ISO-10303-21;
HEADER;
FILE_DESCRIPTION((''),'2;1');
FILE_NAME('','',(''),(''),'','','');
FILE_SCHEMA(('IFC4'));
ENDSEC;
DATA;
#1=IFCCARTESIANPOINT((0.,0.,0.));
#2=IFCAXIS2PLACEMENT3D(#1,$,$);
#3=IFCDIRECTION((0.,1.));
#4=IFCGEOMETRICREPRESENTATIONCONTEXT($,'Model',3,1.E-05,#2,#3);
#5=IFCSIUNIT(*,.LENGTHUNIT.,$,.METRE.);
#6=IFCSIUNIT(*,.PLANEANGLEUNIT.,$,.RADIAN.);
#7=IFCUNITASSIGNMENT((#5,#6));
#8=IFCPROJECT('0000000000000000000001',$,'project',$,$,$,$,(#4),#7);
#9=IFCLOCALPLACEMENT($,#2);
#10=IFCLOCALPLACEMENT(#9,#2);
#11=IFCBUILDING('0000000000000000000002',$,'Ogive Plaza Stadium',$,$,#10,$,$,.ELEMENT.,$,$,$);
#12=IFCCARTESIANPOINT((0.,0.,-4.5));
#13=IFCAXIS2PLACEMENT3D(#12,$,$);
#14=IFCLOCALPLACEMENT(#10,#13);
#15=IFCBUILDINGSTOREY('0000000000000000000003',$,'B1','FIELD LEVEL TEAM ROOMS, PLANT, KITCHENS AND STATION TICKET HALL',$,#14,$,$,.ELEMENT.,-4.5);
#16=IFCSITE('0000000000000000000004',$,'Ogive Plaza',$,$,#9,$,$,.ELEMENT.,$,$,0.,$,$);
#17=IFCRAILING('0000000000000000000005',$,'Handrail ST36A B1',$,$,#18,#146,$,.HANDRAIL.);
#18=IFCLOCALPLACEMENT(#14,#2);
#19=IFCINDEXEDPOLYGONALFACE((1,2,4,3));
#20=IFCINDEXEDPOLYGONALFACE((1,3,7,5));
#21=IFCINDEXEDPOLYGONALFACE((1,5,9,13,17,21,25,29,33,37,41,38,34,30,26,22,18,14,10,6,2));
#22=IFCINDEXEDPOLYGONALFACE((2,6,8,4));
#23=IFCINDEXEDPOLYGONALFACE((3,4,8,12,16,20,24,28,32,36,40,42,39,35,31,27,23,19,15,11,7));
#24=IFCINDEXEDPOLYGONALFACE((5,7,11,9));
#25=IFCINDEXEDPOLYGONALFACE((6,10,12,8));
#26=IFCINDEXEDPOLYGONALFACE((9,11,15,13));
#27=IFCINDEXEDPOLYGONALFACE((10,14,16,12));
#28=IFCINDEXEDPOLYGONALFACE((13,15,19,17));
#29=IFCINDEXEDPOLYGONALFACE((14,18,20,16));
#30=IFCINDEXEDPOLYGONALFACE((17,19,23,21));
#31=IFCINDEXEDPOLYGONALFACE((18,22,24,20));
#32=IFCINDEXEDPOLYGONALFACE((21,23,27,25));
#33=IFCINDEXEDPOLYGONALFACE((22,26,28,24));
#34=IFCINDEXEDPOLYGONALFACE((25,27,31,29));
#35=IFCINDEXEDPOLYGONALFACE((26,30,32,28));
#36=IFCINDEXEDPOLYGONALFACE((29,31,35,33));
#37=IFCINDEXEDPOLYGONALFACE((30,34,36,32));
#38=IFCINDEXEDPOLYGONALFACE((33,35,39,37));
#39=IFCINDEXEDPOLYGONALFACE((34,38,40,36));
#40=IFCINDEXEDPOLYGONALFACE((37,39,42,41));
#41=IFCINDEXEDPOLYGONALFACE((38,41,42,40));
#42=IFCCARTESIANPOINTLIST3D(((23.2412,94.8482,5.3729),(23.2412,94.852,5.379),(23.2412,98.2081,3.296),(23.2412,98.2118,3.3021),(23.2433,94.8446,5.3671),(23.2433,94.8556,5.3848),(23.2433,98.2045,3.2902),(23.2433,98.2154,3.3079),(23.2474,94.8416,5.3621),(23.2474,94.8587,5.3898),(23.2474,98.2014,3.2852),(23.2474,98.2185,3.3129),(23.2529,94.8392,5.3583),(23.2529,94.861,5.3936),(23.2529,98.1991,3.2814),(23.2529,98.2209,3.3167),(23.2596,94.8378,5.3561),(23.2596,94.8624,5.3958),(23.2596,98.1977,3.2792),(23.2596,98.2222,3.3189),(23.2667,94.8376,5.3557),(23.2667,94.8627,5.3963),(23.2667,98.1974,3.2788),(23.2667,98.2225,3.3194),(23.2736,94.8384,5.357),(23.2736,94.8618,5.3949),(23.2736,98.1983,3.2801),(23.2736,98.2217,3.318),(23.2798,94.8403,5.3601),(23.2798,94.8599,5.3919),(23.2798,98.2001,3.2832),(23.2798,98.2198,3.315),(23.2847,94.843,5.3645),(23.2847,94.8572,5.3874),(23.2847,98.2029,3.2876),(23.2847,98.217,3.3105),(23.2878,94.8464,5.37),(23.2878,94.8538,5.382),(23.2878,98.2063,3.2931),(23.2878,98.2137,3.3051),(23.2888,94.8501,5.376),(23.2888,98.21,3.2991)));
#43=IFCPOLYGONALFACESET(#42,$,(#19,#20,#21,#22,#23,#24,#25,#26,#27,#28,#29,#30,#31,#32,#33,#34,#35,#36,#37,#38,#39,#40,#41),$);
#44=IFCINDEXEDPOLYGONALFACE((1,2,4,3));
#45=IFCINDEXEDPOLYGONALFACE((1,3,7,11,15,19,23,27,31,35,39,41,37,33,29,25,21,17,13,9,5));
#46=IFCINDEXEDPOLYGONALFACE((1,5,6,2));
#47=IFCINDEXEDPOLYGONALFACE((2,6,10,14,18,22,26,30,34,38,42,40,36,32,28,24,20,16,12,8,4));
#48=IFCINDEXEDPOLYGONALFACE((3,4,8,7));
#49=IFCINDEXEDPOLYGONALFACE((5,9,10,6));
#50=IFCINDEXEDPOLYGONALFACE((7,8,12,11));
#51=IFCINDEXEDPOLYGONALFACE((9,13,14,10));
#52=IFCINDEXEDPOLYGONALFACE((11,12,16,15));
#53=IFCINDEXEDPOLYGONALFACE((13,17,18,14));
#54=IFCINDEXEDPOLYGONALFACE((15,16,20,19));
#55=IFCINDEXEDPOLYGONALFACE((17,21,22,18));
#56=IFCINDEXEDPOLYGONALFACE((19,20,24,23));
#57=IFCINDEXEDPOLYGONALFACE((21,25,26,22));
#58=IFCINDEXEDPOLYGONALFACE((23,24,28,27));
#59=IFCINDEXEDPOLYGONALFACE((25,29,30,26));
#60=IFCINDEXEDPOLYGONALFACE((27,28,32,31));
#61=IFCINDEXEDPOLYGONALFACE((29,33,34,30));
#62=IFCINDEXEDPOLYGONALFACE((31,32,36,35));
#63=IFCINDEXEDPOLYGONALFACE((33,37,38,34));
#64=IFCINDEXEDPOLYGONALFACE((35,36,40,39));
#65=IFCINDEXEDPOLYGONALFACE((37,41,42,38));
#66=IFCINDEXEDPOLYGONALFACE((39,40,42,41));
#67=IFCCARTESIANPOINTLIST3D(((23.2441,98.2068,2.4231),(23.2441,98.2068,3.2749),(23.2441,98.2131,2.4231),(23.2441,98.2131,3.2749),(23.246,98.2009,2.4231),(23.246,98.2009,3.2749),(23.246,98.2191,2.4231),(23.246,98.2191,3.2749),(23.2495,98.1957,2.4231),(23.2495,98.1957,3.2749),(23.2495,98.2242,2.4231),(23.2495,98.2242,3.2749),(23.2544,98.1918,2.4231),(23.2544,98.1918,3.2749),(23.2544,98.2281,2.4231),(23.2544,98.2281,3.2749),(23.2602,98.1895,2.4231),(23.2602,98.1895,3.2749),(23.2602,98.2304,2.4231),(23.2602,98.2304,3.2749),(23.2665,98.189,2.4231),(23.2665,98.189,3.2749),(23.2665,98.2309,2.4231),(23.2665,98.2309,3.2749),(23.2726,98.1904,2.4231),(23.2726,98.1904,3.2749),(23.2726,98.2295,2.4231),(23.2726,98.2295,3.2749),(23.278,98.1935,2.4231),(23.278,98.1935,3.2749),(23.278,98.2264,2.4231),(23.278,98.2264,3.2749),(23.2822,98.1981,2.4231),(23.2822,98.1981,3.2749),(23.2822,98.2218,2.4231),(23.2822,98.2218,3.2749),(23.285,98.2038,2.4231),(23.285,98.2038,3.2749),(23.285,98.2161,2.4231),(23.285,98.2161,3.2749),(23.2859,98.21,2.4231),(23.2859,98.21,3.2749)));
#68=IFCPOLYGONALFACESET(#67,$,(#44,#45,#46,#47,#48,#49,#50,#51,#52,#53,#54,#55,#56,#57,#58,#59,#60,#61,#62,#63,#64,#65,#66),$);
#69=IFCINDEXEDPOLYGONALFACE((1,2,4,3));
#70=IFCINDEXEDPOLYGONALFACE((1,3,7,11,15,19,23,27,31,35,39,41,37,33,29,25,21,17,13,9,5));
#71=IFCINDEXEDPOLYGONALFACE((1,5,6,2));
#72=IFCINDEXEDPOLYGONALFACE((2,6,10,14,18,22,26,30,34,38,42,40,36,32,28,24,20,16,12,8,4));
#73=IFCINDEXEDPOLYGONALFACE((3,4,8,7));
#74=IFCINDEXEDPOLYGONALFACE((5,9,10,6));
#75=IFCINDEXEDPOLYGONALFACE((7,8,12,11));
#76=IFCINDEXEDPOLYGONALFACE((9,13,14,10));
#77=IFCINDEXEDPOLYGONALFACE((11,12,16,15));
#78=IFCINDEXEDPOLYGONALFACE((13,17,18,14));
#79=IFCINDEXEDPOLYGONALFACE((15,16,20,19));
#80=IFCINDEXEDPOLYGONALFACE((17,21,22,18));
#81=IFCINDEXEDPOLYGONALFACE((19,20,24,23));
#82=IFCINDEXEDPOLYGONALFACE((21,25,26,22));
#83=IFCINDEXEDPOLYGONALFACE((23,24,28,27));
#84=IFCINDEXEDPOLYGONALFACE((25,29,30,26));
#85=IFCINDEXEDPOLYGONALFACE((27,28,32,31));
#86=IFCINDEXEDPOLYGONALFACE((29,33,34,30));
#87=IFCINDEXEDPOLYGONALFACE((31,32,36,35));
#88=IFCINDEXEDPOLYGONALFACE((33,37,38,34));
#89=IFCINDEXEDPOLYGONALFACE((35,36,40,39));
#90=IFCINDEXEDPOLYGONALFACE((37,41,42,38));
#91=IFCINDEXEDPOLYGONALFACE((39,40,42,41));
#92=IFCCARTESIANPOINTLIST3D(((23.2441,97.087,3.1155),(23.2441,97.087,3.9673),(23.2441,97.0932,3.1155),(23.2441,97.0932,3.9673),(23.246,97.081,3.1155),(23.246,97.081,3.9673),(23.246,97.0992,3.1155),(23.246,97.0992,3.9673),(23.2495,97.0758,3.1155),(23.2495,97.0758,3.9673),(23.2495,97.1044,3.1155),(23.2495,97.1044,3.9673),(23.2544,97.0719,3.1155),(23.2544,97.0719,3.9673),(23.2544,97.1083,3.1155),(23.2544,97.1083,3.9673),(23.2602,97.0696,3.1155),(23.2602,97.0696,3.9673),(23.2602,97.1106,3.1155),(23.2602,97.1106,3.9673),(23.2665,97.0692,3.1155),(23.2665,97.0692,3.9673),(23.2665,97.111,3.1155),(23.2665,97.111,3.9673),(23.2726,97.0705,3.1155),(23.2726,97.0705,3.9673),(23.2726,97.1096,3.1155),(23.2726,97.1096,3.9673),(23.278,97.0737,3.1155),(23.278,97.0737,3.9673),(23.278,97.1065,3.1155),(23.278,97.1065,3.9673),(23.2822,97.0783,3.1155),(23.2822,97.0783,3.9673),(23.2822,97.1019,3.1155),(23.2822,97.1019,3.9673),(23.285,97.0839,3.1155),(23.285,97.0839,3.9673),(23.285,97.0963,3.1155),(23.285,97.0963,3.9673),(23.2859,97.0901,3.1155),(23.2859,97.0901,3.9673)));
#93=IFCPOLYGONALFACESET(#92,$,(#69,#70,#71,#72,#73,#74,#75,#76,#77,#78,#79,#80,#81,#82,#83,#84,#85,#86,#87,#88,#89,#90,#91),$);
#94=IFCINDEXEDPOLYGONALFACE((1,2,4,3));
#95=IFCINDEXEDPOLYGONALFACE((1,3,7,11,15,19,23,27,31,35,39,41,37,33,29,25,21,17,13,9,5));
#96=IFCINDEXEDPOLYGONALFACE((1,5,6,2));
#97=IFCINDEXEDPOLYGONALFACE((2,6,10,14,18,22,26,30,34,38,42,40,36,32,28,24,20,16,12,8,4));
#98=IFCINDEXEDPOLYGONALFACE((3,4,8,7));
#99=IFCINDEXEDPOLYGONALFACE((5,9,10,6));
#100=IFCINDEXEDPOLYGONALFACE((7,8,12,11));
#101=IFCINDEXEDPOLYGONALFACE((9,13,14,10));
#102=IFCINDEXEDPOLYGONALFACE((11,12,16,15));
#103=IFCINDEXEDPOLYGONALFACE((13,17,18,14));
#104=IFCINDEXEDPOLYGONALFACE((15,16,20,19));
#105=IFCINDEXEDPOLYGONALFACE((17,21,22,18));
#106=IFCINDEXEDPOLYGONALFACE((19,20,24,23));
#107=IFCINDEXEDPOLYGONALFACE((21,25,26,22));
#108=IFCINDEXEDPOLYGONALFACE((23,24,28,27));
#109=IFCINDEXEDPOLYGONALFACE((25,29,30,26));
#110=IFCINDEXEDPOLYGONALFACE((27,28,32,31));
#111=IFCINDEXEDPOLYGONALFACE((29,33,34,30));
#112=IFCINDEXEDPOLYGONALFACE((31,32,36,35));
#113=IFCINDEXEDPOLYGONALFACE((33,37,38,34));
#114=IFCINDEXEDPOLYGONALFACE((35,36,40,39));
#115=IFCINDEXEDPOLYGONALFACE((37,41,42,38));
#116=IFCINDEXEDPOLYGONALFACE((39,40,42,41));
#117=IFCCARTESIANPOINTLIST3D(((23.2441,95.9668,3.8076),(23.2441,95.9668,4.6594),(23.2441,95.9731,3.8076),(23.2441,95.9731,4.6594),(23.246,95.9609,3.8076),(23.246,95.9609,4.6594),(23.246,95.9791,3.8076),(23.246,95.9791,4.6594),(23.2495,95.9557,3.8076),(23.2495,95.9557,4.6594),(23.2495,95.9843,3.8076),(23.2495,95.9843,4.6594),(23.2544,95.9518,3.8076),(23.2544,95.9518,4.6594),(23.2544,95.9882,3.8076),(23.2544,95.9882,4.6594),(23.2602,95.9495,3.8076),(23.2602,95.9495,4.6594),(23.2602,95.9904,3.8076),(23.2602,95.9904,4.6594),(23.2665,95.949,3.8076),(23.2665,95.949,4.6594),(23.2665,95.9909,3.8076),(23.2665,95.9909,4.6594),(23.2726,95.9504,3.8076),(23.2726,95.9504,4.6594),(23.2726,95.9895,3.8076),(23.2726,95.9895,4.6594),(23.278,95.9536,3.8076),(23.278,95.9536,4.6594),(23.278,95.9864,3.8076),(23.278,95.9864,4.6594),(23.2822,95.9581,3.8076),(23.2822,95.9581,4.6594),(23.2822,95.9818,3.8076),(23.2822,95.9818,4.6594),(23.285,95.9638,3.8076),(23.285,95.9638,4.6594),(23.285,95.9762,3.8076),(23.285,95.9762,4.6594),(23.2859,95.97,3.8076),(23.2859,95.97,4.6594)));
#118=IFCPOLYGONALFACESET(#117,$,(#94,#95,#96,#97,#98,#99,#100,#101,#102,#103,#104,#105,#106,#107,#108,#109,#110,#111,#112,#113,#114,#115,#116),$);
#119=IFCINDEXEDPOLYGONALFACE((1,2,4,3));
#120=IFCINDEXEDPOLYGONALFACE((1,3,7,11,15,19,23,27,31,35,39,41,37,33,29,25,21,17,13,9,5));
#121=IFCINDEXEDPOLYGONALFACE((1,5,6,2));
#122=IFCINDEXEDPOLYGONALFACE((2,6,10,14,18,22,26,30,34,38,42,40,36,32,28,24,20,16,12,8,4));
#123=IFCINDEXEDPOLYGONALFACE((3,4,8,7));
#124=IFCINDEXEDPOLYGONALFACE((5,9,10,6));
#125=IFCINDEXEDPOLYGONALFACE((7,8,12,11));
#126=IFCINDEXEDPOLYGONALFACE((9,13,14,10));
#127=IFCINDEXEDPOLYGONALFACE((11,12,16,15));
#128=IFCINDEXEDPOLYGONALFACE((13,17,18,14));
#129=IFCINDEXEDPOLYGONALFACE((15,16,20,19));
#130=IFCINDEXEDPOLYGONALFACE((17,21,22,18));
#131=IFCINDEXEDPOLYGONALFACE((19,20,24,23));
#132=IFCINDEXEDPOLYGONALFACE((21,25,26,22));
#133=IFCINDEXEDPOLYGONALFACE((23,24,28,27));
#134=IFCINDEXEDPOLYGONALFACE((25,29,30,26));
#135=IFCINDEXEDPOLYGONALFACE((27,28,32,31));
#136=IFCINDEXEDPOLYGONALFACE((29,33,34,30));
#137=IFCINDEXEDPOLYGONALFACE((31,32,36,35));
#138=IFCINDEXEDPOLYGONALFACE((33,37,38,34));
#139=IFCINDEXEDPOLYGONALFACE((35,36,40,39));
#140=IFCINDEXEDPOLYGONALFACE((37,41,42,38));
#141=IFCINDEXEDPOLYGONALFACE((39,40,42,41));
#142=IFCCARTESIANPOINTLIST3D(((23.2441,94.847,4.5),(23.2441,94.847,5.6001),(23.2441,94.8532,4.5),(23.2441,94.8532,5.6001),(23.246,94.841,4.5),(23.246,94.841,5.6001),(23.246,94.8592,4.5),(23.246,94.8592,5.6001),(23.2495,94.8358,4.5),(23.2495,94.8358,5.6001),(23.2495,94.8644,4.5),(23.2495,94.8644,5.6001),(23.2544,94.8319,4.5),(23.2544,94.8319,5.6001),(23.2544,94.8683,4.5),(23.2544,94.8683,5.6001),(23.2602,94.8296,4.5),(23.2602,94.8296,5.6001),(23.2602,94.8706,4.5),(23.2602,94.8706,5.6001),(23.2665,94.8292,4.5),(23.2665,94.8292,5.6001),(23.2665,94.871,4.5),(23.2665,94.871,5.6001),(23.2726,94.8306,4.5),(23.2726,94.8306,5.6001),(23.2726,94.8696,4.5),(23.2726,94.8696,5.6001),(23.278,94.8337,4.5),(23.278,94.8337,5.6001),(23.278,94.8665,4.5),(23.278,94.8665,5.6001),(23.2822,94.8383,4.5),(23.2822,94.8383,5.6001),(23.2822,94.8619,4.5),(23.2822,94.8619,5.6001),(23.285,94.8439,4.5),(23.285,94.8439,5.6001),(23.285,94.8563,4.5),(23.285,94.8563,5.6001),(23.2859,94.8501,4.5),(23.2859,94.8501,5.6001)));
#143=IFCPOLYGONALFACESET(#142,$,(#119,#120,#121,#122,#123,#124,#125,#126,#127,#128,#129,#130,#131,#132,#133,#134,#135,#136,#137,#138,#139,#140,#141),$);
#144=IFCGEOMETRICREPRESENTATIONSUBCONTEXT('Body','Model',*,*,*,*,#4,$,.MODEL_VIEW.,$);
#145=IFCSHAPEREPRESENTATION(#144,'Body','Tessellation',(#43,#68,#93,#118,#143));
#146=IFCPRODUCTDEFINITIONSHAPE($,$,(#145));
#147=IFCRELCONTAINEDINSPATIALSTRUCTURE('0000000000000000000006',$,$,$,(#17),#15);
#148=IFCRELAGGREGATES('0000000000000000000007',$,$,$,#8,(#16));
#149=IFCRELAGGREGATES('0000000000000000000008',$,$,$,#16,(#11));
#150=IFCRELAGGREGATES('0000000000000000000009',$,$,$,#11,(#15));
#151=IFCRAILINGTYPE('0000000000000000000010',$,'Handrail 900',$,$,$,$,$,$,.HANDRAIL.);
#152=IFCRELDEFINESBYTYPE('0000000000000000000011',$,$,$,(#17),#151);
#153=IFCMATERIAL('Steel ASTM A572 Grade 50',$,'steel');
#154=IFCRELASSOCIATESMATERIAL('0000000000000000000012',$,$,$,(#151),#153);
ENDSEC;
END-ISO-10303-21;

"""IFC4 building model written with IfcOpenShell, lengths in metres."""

from ifc_helpers import new_model, si_unit, direction, frame, origin, origin_2d, place, context, subcontext, project, spatial, circle, extrude, material, type_object, element, save


model = new_model("IFC4")

# Units and contexts
model_context = context("Model", 3, precision=1e-05, world=origin(), true_north=direction((0.0, 1.0)))
body_context = subcontext(model_context, "Body", "Model", "MODEL_VIEW")
ifc_project = project(units=[si_unit("LENGTHUNIT", "METRE"), si_unit("PLANEANGLEUNIT", "RADIAN")], contexts=[model_context])

# Site, building, storey
site_placement = place(None, origin())
site = spatial("IfcSite", under=ifc_project, at=site_placement, Name="Ogive Plaza", CompositionType="ELEMENT", RefElevation=0.0)
building_placement = place(site_placement, origin())
building = spatial("IfcBuilding", under=site, at=building_placement, Name="Ogive Plaza Stadium", CompositionType="ELEMENT")
storey_placement = place(building_placement, frame((0.0, 0.0, -4.5)))
storey = spatial("IfcBuildingStorey", under=building, at=storey_placement, Name="B1", Description="FIELD LEVEL TEAM ROOMS, PLANT, KITCHENS AND STATION TICKET HALL", CompositionType="ELEMENT", Elevation=-4.5)

# Railing
ifc_material_1 = material(Name="Steel ASTM A572 Grade 50", Category="steel")
railing_type_1 = type_object("IfcRailingType", Name="Handrail 900", PredefinedType="HANDRAIL", material=ifc_material_1)
railing_1_placement = place(storey_placement, frame((23.2649, 98.21, 2.4231)))
element("IfcRailing", 1, at=railing_1_placement, inside=storey, type_object=railing_type_1, Name="Handrail ST36A B1", PredefinedType="HANDRAIL", context=body_context, shape_type="SweptSolid", body=[
    extrude(circle(Radius=0.0239, at=origin_2d()), frame((0.0, 0.0, 0.876), z_axis=(0.0, -0.850606, 0.525803), x_axis=(1.0, 0.0, 0.0)), (0.0, 0.0, 1.0), 3.95),
    extrude(circle(Radius=0.021, at=origin_2d()), origin(), (0.0, 0.0, 1.0), 0.8518),
    extrude(circle(Radius=0.021, at=origin_2d()), frame((0.0, -1.1199, 0.6924)), (0.0, 0.0, 1.0), 0.8518),
    extrude(circle(Radius=0.021, at=origin_2d()), frame((0.0, -2.24, 1.3845)), (0.0, 0.0, 1.0), 0.8518),
    extrude(circle(Radius=0.021, at=origin_2d()), frame((0.0, -3.3599, 2.0769)), (0.0, 0.0, 1.0), 1.1001),
])

save(model, "model.ifc")
